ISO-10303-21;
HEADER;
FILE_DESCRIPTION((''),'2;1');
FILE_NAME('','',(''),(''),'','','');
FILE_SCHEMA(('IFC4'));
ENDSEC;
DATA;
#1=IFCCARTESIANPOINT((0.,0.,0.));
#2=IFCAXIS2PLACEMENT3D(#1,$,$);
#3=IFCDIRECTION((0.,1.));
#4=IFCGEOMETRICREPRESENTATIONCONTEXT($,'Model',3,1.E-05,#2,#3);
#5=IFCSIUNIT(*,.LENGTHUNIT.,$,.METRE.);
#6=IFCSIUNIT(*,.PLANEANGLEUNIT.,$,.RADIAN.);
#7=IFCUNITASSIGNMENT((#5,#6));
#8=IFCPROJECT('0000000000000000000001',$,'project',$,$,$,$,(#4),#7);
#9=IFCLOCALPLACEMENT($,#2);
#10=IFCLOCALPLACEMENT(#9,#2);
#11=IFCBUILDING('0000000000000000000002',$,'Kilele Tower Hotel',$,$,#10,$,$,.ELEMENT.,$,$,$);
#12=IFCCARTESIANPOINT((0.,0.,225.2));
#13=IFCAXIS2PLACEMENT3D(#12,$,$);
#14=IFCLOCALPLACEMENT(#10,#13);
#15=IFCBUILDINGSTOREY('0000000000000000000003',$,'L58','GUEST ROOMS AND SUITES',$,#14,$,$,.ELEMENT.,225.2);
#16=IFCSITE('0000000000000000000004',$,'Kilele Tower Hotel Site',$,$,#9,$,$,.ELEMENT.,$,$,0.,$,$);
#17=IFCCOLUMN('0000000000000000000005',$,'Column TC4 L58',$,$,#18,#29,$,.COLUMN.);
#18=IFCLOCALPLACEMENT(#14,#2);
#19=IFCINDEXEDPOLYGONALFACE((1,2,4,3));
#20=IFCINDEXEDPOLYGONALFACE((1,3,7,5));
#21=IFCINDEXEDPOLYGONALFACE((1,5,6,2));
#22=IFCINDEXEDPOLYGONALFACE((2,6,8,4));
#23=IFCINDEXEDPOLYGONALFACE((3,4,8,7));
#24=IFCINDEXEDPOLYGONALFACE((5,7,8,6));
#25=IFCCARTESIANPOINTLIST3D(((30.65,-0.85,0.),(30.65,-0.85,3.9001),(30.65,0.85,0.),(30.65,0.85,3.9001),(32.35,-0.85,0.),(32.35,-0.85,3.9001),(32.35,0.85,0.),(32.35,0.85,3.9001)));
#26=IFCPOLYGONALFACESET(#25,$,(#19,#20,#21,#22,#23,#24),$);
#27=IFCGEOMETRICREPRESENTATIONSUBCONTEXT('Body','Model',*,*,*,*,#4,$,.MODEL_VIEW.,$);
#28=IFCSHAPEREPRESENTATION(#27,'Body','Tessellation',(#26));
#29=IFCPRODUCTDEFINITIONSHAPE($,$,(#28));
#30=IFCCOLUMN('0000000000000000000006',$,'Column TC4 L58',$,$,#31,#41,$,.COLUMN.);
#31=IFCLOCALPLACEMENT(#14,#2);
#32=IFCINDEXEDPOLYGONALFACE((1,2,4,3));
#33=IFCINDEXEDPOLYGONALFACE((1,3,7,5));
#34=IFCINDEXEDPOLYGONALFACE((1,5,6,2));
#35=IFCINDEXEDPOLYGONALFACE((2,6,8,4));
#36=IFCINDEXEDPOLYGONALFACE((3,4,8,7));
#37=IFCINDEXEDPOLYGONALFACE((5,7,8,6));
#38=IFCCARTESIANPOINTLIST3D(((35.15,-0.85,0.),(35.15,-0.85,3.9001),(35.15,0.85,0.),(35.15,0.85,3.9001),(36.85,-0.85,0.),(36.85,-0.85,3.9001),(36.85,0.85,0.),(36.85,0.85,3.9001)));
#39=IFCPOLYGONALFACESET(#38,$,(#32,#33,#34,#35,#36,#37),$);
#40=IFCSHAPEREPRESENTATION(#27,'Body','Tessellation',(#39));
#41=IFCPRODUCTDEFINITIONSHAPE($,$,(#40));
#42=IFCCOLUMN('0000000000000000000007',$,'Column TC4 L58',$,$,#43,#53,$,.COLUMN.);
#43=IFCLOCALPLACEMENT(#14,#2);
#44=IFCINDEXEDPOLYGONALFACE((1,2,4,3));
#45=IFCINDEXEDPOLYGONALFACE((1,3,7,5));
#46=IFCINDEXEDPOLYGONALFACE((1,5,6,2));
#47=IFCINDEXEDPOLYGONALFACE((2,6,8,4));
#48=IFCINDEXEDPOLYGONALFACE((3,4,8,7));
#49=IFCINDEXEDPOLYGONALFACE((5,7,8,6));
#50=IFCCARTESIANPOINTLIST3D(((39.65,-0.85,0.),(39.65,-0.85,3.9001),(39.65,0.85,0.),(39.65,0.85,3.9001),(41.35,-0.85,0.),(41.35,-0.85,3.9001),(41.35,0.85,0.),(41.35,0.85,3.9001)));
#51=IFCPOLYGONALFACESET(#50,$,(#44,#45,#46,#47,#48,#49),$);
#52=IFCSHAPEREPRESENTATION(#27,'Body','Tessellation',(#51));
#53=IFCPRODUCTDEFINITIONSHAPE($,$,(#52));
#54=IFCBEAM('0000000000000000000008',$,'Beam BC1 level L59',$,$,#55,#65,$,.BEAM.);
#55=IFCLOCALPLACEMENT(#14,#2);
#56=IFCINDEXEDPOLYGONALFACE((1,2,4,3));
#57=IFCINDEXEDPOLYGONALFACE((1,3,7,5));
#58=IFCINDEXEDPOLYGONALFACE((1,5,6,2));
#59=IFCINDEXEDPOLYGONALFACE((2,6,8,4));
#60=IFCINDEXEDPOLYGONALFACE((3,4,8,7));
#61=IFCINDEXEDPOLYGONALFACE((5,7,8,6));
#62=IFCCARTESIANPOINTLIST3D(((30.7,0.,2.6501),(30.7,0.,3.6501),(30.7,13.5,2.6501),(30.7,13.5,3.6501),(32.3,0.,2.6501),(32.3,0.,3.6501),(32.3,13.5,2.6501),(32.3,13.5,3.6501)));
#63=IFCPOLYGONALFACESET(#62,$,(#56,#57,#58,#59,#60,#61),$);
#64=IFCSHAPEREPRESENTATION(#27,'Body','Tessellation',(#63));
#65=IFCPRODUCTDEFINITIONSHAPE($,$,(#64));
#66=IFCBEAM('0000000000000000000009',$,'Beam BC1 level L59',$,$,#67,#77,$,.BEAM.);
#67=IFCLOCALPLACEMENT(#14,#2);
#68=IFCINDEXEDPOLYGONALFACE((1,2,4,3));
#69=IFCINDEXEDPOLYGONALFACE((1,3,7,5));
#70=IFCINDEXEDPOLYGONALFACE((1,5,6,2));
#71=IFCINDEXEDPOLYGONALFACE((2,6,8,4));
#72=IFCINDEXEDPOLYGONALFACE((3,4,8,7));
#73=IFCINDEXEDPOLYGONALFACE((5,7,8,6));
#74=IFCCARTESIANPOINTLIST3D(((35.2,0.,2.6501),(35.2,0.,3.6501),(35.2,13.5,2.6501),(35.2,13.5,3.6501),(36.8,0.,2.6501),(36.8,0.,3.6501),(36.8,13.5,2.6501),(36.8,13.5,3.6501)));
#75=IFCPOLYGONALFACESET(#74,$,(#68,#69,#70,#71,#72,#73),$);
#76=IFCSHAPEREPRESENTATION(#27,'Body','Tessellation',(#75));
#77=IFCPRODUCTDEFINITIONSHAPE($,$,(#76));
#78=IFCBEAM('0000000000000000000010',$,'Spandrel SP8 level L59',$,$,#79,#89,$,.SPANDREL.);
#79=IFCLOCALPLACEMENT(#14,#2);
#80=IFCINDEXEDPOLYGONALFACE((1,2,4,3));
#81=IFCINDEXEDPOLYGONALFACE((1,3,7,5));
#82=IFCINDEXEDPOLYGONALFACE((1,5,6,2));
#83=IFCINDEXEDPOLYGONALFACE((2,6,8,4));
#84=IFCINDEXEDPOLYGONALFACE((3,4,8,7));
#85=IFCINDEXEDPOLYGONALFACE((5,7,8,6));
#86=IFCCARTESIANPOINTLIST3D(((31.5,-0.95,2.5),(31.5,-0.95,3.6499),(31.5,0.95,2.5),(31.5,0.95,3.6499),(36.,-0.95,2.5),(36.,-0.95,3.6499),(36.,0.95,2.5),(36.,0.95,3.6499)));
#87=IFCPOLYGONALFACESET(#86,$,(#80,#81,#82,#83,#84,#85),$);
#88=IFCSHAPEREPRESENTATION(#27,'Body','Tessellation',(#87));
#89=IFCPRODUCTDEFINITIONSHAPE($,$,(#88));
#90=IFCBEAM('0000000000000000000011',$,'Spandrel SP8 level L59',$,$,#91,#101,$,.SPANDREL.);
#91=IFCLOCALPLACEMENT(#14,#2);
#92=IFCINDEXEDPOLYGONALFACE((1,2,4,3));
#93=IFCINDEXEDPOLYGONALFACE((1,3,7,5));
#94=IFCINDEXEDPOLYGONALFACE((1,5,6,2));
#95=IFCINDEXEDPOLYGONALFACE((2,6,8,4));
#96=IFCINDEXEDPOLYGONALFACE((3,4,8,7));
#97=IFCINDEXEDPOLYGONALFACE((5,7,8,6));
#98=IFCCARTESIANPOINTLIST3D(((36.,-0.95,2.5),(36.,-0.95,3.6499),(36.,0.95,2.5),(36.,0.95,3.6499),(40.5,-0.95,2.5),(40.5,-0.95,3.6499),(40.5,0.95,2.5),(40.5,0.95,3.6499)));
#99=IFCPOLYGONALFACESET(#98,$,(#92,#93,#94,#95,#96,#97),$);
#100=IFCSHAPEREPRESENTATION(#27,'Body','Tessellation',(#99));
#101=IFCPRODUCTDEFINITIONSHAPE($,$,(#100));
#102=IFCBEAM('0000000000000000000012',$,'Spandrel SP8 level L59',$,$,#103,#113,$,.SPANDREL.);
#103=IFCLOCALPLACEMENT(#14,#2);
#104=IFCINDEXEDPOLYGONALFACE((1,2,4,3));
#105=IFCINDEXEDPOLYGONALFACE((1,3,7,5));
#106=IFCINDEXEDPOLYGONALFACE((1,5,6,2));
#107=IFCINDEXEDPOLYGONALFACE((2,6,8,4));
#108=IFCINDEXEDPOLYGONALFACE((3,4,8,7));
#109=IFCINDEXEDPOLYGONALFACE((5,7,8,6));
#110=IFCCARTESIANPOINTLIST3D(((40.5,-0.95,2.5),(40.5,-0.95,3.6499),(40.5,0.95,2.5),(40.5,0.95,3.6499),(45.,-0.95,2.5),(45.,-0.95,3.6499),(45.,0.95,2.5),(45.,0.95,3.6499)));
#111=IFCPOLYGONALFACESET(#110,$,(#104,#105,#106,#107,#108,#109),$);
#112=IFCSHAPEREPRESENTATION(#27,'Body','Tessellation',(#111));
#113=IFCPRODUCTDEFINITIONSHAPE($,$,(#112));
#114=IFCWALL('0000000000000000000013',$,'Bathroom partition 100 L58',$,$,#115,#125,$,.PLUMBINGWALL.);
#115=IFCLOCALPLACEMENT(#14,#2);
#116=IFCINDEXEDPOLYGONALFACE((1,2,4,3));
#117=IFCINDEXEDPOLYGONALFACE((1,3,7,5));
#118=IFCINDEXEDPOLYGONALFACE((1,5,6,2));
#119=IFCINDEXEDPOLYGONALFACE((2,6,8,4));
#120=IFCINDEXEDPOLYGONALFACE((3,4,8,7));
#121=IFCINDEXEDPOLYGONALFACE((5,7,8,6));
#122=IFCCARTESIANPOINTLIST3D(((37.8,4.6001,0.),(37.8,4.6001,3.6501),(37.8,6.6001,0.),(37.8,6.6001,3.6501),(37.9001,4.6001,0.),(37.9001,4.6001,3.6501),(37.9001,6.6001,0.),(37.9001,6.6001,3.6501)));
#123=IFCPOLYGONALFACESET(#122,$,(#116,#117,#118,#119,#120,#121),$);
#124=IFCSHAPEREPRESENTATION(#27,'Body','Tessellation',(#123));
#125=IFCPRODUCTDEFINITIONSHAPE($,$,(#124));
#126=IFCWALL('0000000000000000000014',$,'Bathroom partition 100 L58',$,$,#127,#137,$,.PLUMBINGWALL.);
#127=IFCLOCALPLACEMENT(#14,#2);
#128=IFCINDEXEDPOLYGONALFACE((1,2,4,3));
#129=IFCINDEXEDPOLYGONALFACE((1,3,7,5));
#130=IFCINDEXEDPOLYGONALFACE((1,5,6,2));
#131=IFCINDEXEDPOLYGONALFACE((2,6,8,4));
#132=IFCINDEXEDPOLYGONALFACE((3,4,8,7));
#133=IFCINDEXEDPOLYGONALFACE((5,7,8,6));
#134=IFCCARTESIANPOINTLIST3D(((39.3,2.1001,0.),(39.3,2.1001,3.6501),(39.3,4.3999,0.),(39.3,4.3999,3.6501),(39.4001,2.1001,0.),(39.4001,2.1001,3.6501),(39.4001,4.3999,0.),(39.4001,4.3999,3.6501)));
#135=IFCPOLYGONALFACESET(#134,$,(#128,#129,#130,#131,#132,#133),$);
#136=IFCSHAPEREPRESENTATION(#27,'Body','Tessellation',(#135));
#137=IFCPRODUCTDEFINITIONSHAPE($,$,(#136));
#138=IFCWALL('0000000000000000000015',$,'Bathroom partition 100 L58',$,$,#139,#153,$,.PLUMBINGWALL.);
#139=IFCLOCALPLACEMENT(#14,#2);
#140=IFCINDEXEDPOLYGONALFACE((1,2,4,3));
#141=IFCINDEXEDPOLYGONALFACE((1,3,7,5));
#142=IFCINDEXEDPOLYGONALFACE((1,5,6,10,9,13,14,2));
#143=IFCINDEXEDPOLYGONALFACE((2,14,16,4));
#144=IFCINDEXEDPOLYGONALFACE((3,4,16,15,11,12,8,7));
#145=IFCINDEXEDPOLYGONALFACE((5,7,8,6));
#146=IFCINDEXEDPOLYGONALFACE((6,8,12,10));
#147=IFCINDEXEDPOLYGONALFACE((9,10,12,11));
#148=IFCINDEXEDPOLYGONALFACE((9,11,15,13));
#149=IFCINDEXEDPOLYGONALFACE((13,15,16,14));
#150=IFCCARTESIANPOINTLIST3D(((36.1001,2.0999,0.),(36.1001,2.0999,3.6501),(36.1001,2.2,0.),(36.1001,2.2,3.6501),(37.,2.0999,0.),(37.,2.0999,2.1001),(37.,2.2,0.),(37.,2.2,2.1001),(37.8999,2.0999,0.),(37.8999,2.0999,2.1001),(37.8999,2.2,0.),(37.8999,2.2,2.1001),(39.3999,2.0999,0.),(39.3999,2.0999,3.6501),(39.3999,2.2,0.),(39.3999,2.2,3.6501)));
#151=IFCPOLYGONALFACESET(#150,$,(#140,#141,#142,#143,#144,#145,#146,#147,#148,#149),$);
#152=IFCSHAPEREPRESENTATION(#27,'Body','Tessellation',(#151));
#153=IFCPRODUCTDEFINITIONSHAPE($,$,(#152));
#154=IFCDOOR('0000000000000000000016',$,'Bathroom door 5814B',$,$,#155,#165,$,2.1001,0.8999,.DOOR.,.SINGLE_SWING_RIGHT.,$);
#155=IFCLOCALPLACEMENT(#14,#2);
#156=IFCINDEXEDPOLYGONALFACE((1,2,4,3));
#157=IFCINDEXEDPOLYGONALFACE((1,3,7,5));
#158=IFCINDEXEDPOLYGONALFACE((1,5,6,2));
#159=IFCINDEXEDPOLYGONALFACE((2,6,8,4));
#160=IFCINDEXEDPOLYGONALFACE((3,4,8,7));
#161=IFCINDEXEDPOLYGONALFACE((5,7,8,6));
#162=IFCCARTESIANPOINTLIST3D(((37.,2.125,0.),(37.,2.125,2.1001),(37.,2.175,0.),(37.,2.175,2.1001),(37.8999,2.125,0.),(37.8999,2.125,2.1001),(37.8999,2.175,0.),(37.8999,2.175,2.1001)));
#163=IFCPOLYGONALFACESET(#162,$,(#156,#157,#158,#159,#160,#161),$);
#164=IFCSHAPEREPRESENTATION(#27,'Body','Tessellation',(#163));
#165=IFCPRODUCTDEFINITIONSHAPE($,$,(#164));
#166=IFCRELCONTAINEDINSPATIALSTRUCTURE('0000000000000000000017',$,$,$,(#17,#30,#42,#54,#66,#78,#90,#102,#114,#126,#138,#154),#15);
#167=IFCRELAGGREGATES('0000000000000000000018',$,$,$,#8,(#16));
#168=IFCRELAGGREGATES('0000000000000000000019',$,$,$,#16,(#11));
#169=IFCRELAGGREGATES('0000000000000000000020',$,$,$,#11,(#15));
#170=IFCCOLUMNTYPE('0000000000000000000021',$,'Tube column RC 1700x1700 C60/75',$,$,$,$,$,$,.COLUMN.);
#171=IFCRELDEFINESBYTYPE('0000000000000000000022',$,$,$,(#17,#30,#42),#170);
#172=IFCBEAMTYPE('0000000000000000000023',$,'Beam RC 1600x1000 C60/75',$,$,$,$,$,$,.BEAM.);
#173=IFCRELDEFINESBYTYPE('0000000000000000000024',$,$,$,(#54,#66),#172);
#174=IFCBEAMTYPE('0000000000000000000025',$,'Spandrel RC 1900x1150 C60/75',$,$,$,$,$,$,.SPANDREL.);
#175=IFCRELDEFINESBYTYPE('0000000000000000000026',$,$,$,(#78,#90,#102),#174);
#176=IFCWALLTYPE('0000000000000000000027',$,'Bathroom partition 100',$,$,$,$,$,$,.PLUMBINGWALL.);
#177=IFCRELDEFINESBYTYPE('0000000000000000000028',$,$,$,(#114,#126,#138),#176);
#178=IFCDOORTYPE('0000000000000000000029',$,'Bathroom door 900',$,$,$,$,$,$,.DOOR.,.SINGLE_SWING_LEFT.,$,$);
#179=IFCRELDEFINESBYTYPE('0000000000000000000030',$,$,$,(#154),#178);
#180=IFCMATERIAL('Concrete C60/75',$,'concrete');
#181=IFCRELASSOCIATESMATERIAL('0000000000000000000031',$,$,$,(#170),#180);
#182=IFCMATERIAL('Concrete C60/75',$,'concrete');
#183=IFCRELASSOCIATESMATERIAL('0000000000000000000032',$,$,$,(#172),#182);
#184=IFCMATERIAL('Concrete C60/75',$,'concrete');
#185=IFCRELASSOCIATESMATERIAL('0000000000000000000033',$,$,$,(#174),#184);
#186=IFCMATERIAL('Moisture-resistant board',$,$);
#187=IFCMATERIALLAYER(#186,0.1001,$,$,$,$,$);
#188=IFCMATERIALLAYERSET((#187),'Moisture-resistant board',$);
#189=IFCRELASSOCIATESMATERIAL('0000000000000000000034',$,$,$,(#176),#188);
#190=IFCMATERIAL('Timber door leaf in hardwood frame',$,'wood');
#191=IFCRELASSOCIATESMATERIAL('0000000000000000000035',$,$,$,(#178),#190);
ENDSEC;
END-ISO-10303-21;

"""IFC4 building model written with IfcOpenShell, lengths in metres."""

from ifc_helpers import new_model, si_unit, direction, frame, frame_2d, origin, origin_2d, place, context, subcontext, project, spatial, rectangle, extrude, material, layer, layer_set, material_profile, profile_set, type_object, element, fill, save


model = new_model("IFC4")

# Units and contexts
model_context = context("Model", 3, precision=1e-05, world=origin(), true_north=direction((0.0, 1.0)))
body_context = subcontext(model_context, "Body", "Model", "MODEL_VIEW")
ifc_project = project(units=[si_unit("LENGTHUNIT", "METRE"), si_unit("PLANEANGLEUNIT", "RADIAN")], contexts=[model_context])

# Site, building, storey
site_placement = place(None, origin())
site = spatial("IfcSite", under=ifc_project, at=site_placement, Name="Kilele Tower Hotel Site", CompositionType="ELEMENT", RefElevation=0.0)
building_placement = place(site_placement, origin())
building = spatial("IfcBuilding", under=site, at=building_placement, Name="Kilele Tower Hotel", CompositionType="ELEMENT")
storey_placement = place(building_placement, frame((0.0, 0.0, 225.2)))
storey = spatial("IfcBuildingStorey", under=building, at=storey_placement, Name="L58", Description="GUEST ROOMS AND SUITES", CompositionType="ELEMENT", Elevation=225.2)

# Columns
ifc_material_1 = material(Name="Concrete C60/75", Category="concrete")
ifc_material_profile_1 = material_profile(ifc_material_1, rectangle(XDim=1.7, YDim=1.7, at=origin_2d()))
ifc_profile_set_1 = profile_set([ifc_material_profile_1], Name="Concrete C60/75")
column_type = type_object("IfcColumnType", Name="Tube column RC 1700x1700 C60/75", PredefinedType="COLUMN", material=ifc_profile_set_1)
for number, where, z_axis, x_axis, name in (
    (1, (31.5, 0.0, 0.0), (0.0, 0.0, 1.0), (1.0, 0.0, 0.0), "Column TC4 L58"),
    (2, (36.0, 0.0, 0.0), (0.0, 0.0, 1.0), (1.0, 0.0, 0.0), "Column TC4 L58"),
    (3, (40.5, 0.0, 0.0), (0.0, 0.0, 1.0), (1.0, 0.0, 0.0), "Column TC4 L58"),
):
    element("IfcColumn", number, at=place(storey_placement, frame(where, z_axis=z_axis, x_axis=x_axis)), inside=storey, type_object=column_type, Name=name, PredefinedType="COLUMN", context=body_context, shape_type="SweptSolid", body=[
        extrude(rectangle(XDim=1.7, YDim=1.7, at=origin_2d()), origin(), (0.0, 0.0, 1.0), 3.9001),
    ])

# Beams
ifc_material_2 = material(Name="Concrete C60/75", Category="concrete")
ifc_material_profile_2 = material_profile(ifc_material_2, rectangle(XDim=1.6001, YDim=1.0, at=origin_2d()))
ifc_profile_set_2 = profile_set([ifc_material_profile_2], Name="Concrete C60/75")
beam_type_1 = type_object("IfcBeamType", Name="Beam RC 1600x1000 C60/75", PredefinedType="BEAM", material=ifc_profile_set_2)
for number, where, z_axis, x_axis, name in (
    (4, (31.5, 0.0, 3.1501), (0.0, 1.0, 0.0), (-1.0, 0.0, 0.0), "Beam BC1 level L59"),
    (5, (36.0, 0.0, 3.1501), (0.0, 1.0, 0.0), (-1.0, 0.0, 0.0), "Beam BC1 level L59"),
):
    element("IfcBeam", number, at=place(storey_placement, frame(where, z_axis=z_axis, x_axis=x_axis)), inside=storey, type_object=beam_type_1, Name=name, PredefinedType="BEAM", context=body_context, shape_type="SweptSolid", body=[
        extrude(rectangle(XDim=1.6001, YDim=1.0, at=origin_2d()), origin(), (0.0, 0.0, 1.0), 13.5),
    ])
ifc_material_3 = material(Name="Concrete C60/75", Category="concrete")
ifc_material_profile_3 = material_profile(ifc_material_3, rectangle(XDim=1.8999, YDim=1.1499, at=origin_2d()))
ifc_profile_set_3 = profile_set([ifc_material_profile_3], Name="Concrete C60/75")
beam_type_2 = type_object("IfcBeamType", Name="Spandrel RC 1900x1150 C60/75", PredefinedType="SPANDREL", material=ifc_profile_set_3)
for number, where, z_axis, x_axis, name in (
    (6, (31.5, 0.0, 3.075), (1.0, 0.0, 0.0), (0.0, 1.0, 0.0), "Spandrel SP8 level L59"),
    (7, (36.0, 0.0, 3.075), (1.0, 0.0, 0.0), (0.0, 1.0, 0.0), "Spandrel SP8 level L59"),
    (8, (40.5, 0.0, 3.075), (1.0, 0.0, 0.0), (0.0, 1.0, 0.0), "Spandrel SP8 level L59"),
):
    element("IfcBeam", number, at=place(storey_placement, frame(where, z_axis=z_axis, x_axis=x_axis)), inside=storey, type_object=beam_type_2, Name=name, PredefinedType="SPANDREL", context=body_context, shape_type="SweptSolid", body=[
        extrude(rectangle(XDim=1.8999, YDim=1.1499, at=origin_2d()), origin(), (0.0, 0.0, 1.0), 4.5),
    ])

# Walls
ifc_material_4 = material(Name="Moisture-resistant board")
ifc_layer_1 = layer(ifc_material_4, 0.1001)
ifc_layer_set_1 = layer_set([ifc_layer_1], Name="Moisture-resistant board")
wall_type_1 = type_object("IfcWallType", Name="Bathroom partition 100", PredefinedType="PLUMBINGWALL", material=ifc_layer_set_1)
wall_1_placement = place(storey_placement, frame((37.8501, 4.6001, 0.0), z_axis=(0.0, 0.0, 1.0), x_axis=(0.0, 1.0, 0.0)))
element("IfcWall", 9, at=wall_1_placement, inside=storey, type_object=wall_type_1, Name="Bathroom partition 100 L58", PredefinedType="PLUMBINGWALL", context=body_context, shape_type="SweptSolid", body=[
    extrude(rectangle(XDim=2.0, YDim=0.1001, at=frame_2d((1.0, 0.0))), origin(), (0.0, 0.0, 1.0), 3.6501),
])
wall_2_placement = place(storey_placement, frame((39.3501, 4.3999, 0.0), z_axis=(0.0, 0.0, 1.0), x_axis=(0.0, -1.0, 0.0)))
element("IfcWall", 10, at=wall_2_placement, inside=storey, type_object=wall_type_1, Name="Bathroom partition 100 L58", PredefinedType="PLUMBINGWALL", context=body_context, shape_type="SweptSolid", body=[
    extrude(rectangle(XDim=2.2998, YDim=0.1001, at=frame_2d((1.1499, 0.0))), origin(), (0.0, 0.0, 1.0), 3.6501),
])

# Wall, opening, door
wall_3_placement = place(storey_placement, frame((36.1001, 2.1499, 0.0), z_axis=(0.0, 0.0, 1.0), x_axis=(1.0, 0.0, 0.0)))
wall_3 = element("IfcWall", 11, at=wall_3_placement, inside=storey, type_object=wall_type_1, Name="Bathroom partition 100 L58", PredefinedType="PLUMBINGWALL", context=body_context, shape_type="SweptSolid", body=[
    extrude(rectangle(XDim=3.2998, YDim=0.1001, at=frame_2d((1.6499, 0.0))), origin(), (0.0, 0.0, 1.0), 3.6501),
])
opening_1_placement = place(wall_3_placement, frame((1.7998, 0.0, 0.0), z_axis=(0.0, 0.0, 1.0), x_axis=(-1.0, 0.0, 0.0)))
opening_1 = element("IfcOpeningElement", 12, at=opening_1_placement, cuts=wall_3, PredefinedType="OPENING", context=body_context, shape_type="SweptSolid", body=[
    extrude(rectangle(XDim=0.8999, YDim=2.1001, at=frame_2d((0.45, 1.05))), frame((0.0, 0.0601, 0.0), z_axis=(0.0, -1.0, 0.0), x_axis=(1.0, 0.0, 0.0)), (0.0, 0.0, 1.0), 0.1201),
])
ifc_material_5 = material(Name="Timber door leaf in hardwood frame", Category="wood")
door_type_1 = type_object("IfcDoorType", Name="Bathroom door 900", OperationType="SINGLE_SWING_LEFT", PredefinedType="DOOR", material=ifc_material_5)
door_1_placement = place(opening_1_placement, origin())
door_1 = element("IfcDoor", 13, at=door_1_placement, inside=storey, type_object=door_type_1, Name="Bathroom door 5814B", OperationType="SINGLE_SWING_RIGHT", OverallHeight=2.1001, OverallWidth=0.8999, PredefinedType="DOOR", context=body_context, shape_type="SweptSolid", body=[
    extrude(rectangle(XDim=0.8999, YDim=2.1001, at=frame_2d((0.45, 1.05))), frame((0.0, 0.0249, 0.0), z_axis=(0.0, -1.0, 0.0), x_axis=(1.0, 0.0, 0.0)), (0.0, 0.0, 1.0), 0.05),
])
fill(opening_1, door_1)

save(model, "model.ifc")
